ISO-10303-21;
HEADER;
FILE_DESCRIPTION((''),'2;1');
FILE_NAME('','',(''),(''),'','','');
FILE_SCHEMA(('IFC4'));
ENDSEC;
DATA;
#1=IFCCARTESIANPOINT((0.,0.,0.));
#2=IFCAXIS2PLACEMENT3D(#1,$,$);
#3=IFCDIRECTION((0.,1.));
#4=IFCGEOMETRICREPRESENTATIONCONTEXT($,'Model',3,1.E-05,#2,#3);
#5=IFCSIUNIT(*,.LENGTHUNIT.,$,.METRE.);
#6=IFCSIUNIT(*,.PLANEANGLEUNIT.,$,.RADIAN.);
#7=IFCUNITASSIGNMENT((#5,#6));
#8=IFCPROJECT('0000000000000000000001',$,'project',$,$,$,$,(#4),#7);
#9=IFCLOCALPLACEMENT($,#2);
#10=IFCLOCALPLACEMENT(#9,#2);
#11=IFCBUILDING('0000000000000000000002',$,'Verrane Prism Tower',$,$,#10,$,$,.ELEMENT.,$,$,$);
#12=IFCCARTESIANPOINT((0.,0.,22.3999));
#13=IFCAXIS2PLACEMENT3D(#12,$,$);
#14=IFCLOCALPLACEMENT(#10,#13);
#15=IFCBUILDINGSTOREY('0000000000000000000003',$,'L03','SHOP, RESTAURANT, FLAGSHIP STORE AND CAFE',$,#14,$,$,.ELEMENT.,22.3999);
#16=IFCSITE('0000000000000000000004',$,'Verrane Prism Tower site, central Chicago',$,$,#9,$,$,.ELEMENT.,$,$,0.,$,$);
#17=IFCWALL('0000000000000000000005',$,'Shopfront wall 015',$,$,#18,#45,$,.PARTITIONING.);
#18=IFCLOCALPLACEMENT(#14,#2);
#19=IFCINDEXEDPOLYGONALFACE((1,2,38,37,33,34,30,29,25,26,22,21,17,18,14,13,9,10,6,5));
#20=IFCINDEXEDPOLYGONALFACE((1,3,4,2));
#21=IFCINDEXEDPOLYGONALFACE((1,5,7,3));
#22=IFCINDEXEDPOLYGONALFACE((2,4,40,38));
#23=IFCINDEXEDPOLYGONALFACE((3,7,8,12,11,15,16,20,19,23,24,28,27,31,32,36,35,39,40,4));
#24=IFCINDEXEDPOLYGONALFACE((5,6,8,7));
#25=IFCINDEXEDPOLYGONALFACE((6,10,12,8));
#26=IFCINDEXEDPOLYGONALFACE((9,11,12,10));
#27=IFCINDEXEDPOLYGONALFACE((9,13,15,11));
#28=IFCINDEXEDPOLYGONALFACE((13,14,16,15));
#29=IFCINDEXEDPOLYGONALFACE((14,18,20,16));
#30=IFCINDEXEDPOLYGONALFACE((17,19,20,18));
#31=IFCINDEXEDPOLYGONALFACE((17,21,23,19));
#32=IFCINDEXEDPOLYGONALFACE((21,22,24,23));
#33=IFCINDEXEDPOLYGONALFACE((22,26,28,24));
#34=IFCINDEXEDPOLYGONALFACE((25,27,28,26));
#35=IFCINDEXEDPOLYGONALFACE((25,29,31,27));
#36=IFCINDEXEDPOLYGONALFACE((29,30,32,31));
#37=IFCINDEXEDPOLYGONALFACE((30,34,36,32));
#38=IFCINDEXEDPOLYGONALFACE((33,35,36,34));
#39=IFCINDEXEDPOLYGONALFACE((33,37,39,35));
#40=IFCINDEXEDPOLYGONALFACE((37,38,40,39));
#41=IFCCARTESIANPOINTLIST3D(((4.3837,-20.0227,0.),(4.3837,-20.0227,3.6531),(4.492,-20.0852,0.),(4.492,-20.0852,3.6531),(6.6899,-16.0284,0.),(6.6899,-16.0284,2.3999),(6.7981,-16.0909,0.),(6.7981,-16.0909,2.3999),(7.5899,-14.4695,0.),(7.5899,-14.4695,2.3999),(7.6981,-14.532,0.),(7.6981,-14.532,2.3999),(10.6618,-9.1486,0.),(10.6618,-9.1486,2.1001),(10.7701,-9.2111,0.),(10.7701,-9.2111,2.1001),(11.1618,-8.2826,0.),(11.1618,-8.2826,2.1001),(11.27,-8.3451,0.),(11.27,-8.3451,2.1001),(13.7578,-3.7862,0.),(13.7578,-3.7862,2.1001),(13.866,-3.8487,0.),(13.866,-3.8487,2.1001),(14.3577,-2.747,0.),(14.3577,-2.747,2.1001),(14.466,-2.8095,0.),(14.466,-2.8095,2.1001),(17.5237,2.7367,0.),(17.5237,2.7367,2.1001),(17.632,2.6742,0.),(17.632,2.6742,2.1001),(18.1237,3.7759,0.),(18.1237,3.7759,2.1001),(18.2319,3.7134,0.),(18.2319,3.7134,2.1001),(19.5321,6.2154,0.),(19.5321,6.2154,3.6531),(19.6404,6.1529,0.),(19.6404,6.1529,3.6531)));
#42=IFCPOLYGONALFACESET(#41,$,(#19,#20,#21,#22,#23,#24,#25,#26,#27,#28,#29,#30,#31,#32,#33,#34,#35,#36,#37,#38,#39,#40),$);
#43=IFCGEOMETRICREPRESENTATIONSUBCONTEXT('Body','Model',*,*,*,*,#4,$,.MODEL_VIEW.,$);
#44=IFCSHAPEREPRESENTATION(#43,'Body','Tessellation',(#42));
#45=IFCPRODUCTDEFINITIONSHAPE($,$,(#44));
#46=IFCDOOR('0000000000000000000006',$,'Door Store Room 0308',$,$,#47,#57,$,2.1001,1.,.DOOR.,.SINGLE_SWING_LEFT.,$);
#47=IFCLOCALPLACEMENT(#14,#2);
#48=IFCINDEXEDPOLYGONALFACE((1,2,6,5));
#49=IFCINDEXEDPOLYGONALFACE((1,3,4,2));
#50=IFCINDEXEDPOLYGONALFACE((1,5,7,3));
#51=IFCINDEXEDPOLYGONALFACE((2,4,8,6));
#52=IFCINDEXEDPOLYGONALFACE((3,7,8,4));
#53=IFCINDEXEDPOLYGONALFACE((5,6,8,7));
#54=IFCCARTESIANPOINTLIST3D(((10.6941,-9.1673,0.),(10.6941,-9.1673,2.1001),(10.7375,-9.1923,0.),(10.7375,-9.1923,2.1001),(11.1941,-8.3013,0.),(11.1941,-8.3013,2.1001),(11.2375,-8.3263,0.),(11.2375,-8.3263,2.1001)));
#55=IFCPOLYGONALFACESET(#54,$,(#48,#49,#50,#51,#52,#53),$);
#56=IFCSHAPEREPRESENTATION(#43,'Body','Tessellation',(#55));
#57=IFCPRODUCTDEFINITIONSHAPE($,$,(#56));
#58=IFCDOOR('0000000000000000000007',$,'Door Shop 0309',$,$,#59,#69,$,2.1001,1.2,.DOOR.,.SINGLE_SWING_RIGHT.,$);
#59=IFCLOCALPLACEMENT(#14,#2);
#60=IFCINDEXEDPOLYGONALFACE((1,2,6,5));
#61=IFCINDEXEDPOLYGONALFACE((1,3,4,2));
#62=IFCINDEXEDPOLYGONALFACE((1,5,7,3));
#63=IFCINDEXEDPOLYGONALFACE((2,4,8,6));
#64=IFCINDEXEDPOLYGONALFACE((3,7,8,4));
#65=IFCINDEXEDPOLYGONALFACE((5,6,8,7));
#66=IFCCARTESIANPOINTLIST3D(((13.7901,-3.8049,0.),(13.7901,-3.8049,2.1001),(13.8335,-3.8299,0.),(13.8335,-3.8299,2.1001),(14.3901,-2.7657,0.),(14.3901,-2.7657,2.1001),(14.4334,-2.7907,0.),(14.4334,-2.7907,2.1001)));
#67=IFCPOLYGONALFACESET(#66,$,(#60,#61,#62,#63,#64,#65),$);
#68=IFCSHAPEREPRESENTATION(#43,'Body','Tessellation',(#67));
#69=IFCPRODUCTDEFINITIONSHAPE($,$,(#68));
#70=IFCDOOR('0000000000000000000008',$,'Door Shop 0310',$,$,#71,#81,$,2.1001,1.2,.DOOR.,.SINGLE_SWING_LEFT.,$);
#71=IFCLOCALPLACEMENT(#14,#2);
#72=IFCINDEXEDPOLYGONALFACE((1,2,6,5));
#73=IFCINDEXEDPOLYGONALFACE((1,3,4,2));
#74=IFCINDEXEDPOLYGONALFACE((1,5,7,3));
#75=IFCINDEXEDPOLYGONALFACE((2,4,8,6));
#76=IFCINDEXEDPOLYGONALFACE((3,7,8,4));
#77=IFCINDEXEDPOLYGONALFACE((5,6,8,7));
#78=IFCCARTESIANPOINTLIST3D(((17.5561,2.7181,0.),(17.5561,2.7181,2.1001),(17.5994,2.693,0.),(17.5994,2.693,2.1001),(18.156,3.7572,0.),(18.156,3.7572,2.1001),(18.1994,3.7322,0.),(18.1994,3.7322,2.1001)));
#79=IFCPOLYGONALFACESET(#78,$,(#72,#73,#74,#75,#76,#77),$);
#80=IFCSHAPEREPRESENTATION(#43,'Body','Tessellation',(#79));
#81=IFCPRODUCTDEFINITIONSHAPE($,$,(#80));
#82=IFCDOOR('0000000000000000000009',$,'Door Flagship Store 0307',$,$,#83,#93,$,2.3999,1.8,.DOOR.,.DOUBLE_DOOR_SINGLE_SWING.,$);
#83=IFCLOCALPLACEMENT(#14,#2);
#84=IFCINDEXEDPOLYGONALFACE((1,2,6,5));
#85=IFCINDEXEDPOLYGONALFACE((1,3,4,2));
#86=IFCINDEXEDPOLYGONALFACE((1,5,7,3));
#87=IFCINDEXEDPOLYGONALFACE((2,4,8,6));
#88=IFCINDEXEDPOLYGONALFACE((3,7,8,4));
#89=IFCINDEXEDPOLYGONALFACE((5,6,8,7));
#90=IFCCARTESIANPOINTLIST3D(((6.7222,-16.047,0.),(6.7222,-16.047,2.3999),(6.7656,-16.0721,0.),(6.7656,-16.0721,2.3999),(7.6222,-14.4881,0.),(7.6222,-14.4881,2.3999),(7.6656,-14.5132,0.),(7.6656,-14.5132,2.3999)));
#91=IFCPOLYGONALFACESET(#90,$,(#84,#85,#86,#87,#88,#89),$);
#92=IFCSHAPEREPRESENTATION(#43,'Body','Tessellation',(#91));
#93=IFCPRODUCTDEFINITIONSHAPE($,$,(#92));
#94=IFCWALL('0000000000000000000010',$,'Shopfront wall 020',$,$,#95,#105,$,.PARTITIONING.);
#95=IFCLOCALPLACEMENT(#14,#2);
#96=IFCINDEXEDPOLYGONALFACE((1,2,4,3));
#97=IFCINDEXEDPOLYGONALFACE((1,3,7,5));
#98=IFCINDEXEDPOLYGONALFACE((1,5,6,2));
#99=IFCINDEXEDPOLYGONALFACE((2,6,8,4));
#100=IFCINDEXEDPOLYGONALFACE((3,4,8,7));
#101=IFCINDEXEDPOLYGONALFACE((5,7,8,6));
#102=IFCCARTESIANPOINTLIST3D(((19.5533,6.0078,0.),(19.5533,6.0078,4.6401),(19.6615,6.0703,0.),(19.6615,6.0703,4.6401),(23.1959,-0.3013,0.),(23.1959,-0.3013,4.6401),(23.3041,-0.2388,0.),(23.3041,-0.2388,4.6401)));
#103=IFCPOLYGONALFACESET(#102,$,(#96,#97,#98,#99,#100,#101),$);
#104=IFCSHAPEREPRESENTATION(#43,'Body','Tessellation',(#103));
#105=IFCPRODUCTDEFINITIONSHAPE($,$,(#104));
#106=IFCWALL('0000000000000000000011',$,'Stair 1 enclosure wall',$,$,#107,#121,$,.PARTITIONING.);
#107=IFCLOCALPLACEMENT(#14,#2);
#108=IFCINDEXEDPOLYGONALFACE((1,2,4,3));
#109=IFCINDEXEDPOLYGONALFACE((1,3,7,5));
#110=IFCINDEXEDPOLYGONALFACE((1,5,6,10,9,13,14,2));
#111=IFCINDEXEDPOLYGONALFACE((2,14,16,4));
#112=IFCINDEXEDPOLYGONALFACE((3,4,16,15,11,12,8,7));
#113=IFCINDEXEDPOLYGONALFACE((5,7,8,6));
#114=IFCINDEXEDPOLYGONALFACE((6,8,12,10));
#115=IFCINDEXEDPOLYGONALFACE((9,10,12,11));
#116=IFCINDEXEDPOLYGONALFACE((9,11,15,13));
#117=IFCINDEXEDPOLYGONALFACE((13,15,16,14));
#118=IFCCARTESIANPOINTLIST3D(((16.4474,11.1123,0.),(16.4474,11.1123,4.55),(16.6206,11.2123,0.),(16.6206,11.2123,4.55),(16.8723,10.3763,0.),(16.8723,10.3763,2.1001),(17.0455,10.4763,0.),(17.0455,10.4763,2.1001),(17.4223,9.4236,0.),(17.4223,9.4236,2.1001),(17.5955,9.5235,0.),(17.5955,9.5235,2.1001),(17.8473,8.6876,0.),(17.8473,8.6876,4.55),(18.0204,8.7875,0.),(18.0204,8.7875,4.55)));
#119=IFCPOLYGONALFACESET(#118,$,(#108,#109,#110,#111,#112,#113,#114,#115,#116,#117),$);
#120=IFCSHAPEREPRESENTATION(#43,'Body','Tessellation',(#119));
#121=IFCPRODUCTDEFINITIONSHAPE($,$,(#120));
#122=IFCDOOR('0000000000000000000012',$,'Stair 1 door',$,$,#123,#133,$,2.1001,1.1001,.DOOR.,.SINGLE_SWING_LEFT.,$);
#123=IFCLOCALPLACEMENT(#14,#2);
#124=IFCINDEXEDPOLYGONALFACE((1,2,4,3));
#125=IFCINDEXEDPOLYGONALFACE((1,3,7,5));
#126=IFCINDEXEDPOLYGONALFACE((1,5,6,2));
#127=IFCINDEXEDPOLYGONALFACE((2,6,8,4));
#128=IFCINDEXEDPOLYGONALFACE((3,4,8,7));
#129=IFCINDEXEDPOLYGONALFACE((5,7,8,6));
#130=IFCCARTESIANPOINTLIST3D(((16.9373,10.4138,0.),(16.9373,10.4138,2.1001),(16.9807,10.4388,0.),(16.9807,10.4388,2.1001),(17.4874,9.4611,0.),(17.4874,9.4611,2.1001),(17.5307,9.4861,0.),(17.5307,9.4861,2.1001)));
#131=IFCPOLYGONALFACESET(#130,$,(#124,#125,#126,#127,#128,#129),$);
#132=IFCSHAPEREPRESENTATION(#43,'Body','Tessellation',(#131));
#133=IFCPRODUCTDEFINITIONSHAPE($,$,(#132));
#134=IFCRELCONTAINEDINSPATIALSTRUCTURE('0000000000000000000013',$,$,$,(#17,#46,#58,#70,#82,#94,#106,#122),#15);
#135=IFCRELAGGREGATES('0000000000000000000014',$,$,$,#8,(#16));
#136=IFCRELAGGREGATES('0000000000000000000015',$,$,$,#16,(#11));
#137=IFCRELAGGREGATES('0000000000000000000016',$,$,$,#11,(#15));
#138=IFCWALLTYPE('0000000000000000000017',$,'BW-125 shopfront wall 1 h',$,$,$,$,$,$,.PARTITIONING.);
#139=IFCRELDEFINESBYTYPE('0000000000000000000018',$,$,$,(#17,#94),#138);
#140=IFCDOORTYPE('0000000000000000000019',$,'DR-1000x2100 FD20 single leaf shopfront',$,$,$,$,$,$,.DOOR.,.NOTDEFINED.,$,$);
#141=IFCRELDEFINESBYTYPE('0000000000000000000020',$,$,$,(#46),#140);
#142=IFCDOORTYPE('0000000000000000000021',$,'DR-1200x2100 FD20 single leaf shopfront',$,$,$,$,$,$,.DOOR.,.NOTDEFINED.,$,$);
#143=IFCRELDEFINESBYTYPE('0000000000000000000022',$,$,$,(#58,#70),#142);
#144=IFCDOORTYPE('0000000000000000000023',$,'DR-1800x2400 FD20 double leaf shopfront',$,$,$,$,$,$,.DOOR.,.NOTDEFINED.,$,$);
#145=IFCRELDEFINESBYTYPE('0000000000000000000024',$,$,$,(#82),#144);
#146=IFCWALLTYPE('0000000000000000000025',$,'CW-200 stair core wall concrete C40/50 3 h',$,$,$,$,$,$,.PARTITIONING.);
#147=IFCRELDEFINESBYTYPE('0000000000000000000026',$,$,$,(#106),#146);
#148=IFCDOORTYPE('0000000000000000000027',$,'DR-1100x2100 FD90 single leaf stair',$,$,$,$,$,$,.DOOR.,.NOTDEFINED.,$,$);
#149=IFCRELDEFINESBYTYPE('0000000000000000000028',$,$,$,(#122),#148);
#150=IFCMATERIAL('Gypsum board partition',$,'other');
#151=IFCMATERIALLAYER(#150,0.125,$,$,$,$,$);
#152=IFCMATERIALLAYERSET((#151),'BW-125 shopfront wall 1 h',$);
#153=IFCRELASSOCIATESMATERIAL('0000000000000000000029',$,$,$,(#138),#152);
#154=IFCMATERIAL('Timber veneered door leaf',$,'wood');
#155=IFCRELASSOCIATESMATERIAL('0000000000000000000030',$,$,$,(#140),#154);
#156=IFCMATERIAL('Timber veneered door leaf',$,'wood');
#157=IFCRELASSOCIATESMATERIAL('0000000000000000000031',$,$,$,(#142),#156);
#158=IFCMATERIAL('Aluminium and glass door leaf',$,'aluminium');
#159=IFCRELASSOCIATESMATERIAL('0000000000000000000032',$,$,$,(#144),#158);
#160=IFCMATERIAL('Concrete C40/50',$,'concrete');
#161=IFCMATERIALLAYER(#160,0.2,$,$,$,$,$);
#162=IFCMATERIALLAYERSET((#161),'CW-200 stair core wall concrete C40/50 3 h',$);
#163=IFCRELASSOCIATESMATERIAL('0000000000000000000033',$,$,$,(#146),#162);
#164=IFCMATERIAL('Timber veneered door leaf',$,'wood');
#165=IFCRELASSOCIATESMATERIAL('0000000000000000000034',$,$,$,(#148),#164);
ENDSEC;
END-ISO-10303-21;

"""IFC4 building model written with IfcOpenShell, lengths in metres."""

from ifc_helpers import new_model, si_unit, direction, frame, frame_2d, origin, place, context, subcontext, project, spatial, rectangle, extrude, material, layer, layer_set, type_object, element, fill, save


model = new_model("IFC4")

# Units and contexts
model_context = context("Model", 3, precision=1e-05, world=origin(), true_north=direction((0.0, 1.0)))
body_context = subcontext(model_context, "Body", "Model", "MODEL_VIEW")
ifc_project = project(units=[si_unit("LENGTHUNIT", "METRE"), si_unit("PLANEANGLEUNIT", "RADIAN")], contexts=[model_context])

# Site, building, storey
site_placement = place(None, origin())
site = spatial("IfcSite", under=ifc_project, at=site_placement, Name="Verrane Prism Tower site, central Chicago", CompositionType="ELEMENT", RefElevation=0.0)
building_placement = place(site_placement, origin())
building = spatial("IfcBuilding", under=site, at=building_placement, Name="Verrane Prism Tower", CompositionType="ELEMENT")
storey_placement = place(building_placement, frame((0.0, 0.0, 22.3999)))
storey = spatial("IfcBuildingStorey", under=building, at=storey_placement, Name="L03", Description="SHOP, RESTAURANT, FLAGSHIP STORE AND CAFE", CompositionType="ELEMENT", Elevation=22.3999)

# Wall, openings, doors
ifc_material_1 = material(Name="Gypsum board partition", Category="other")
ifc_layer_1 = layer(ifc_material_1, 0.125)
ifc_layer_set_1 = layer_set([ifc_layer_1], Name="BW-125 shopfront wall 1 h")
wall_type_1 = type_object("IfcWallType", Name="BW-125 shopfront wall 1 h", PredefinedType="PARTITIONING", material=ifc_layer_set_1)
wall_1_placement = place(storey_placement, frame((19.5862, 6.1841, 0.0), z_axis=(0.0, 0.0, 1.0), x_axis=(-0.499994, -0.866029, 0.0)))
wall_1 = element("IfcWall", 1, at=wall_1_placement, inside=storey, type_object=wall_type_1, Name="Shopfront wall 015", PredefinedType="PARTITIONING", context=body_context, shape_type="SweptSolid", body=[
    extrude(rectangle(XDim=30.2971, YDim=0.125, at=frame_2d((15.1484, 0.0))), origin(), (0.0, 0.0, 1.0), 3.6531),
])
opening_1_placement = place(wall_1_placement, frame((23.8848, 0.0, 0.0)))
opening_1 = element("IfcOpeningElement", 2, at=opening_1_placement, cuts=wall_1, PredefinedType="OPENING", context=body_context, shape_type="SweptSolid", body=[
    extrude(rectangle(XDim=1.8, YDim=2.3999, at=frame_2d((0.8999, 1.2))), frame((0.0, 0.0725, 0.0), z_axis=(0.0, -1.0, 0.0), x_axis=(1.0, 0.0, 0.0)), (0.0, 0.0, 1.0), 0.145),
])
opening_2_placement = place(wall_1_placement, frame((16.7407, 0.0, 0.0)))
opening_2 = element("IfcOpeningElement", 3, at=opening_2_placement, cuts=wall_1, PredefinedType="OPENING", context=body_context, shape_type="SweptSolid", body=[
    extrude(rectangle(XDim=1.0, YDim=2.1001, at=frame_2d((0.5, 1.05))), frame((0.0, 0.0725, 0.0), z_axis=(0.0, -1.0, 0.0), x_axis=(1.0, 0.0, 0.0)), (0.0, 0.0, 1.0), 0.145),
])
opening_3_placement = place(wall_1_placement, frame((10.3486, 0.0, 0.0)))
opening_3 = element("IfcOpeningElement", 4, at=opening_3_placement, cuts=wall_1, PredefinedType="OPENING", context=body_context, shape_type="SweptSolid", body=[
    extrude(rectangle(XDim=1.2, YDim=2.1001, at=frame_2d((0.6001, 1.05))), frame((0.0, 0.0725, 0.0), z_axis=(0.0, -1.0, 0.0), x_axis=(1.0, 0.0, 0.0)), (0.0, 0.0, 1.0), 0.145),
])
opening_4_placement = place(wall_1_placement, frame((2.8167, 0.0, 0.0)))
opening_4 = element("IfcOpeningElement", 5, at=opening_4_placement, cuts=wall_1, PredefinedType="OPENING", context=body_context, shape_type="SweptSolid", body=[
    extrude(rectangle(XDim=1.2, YDim=2.1001, at=frame_2d((0.6001, 1.05))), frame((0.0, 0.0725, 0.0), z_axis=(0.0, -1.0, 0.0), x_axis=(1.0, 0.0, 0.0)), (0.0, 0.0, 1.0), 0.145),
])
ifc_material_2 = material(Name="Timber veneered door leaf", Category="wood")
door_type_1 = type_object("IfcDoorType", Name="DR-1000x2100 FD20 single leaf shopfront", OperationType="NOTDEFINED", PredefinedType="DOOR", material=ifc_material_2)
door_1_placement = place(opening_2_placement, origin())
door_1 = element("IfcDoor", 6, at=door_1_placement, inside=storey, type_object=door_type_1, Name="Door Store Room 0308", OperationType="SINGLE_SWING_LEFT", OverallHeight=2.1001, OverallWidth=1.0, PredefinedType="DOOR", context=body_context, shape_type="SweptSolid", body=[
    extrude(rectangle(XDim=1.0, YDim=2.1001, at=frame_2d((0.5, 1.05))), frame((0.0, 0.0249, 0.0), z_axis=(0.0, -1.0, 0.0), x_axis=(1.0, 0.0, 0.0)), (0.0, 0.0, 1.0), 0.05),
])
fill(opening_2, door_1)
ifc_material_3 = material(Name="Timber veneered door leaf", Category="wood")
door_type_2 = type_object("IfcDoorType", Name="DR-1200x2100 FD20 single leaf shopfront", OperationType="NOTDEFINED", PredefinedType="DOOR", material=ifc_material_3)
door_2_placement = place(opening_3_placement, origin())
door_2 = element("IfcDoor", 7, at=door_2_placement, inside=storey, type_object=door_type_2, Name="Door Shop 0309", OperationType="SINGLE_SWING_RIGHT", OverallHeight=2.1001, OverallWidth=1.2, PredefinedType="DOOR", context=body_context, shape_type="SweptSolid", body=[
    extrude(rectangle(XDim=1.2, YDim=2.1001, at=frame_2d((0.6001, 1.05))), frame((0.0, 0.0249, 0.0), z_axis=(0.0, -1.0, 0.0), x_axis=(1.0, 0.0, 0.0)), (0.0, 0.0, 1.0), 0.05),
])
fill(opening_3, door_2)
door_3_placement = place(opening_4_placement, origin())
door_3 = element("IfcDoor", 8, at=door_3_placement, inside=storey, type_object=door_type_2, Name="Door Shop 0310", OperationType="SINGLE_SWING_LEFT", OverallHeight=2.1001, OverallWidth=1.2, PredefinedType="DOOR", context=body_context, shape_type="SweptSolid", body=[
    extrude(rectangle(XDim=1.2, YDim=2.1001, at=frame_2d((0.6001, 1.05))), frame((0.0, 0.0249, 0.0), z_axis=(0.0, -1.0, 0.0), x_axis=(1.0, 0.0, 0.0)), (0.0, 0.0, 1.0), 0.05),
])
fill(opening_4, door_3)
ifc_material_4 = material(Name="Aluminium and glass door leaf", Category="aluminium")
door_type_3 = type_object("IfcDoorType", Name="DR-1800x2400 FD20 double leaf shopfront", OperationType="NOTDEFINED", PredefinedType="DOOR", material=ifc_material_4)
door_4_placement = place(opening_1_placement, origin())
door_4 = element("IfcDoor", 9, at=door_4_placement, inside=storey, type_object=door_type_3, Name="Door Flagship Store 0307", OperationType="DOUBLE_DOOR_SINGLE_SWING", OverallHeight=2.3999, OverallWidth=1.8, PredefinedType="DOOR", context=body_context, shape_type="SweptSolid", body=[
    extrude(rectangle(XDim=1.8, YDim=2.3999, at=frame_2d((0.8999, 1.2))), frame((0.0, 0.0249, 0.0), z_axis=(0.0, -1.0, 0.0), x_axis=(1.0, 0.0, 0.0)), (0.0, 0.0, 1.0), 0.05),
])
fill(opening_1, door_4)

# Wall
wall_2_placement = place(storey_placement, frame((19.6074, 6.0391, 0.0), z_axis=(0.0, 0.0, 1.0), x_axis=(0.500003, -0.866024, 0.0)))
element("IfcWall", 10, at=wall_2_placement, inside=storey, type_object=wall_type_1, Name="Shopfront wall 020", PredefinedType="PARTITIONING", context=body_context, shape_type="SweptSolid", body=[
    extrude(rectangle(XDim=7.2852, YDim=0.125, at=frame_2d((3.6426, 0.0))), origin(), (0.0, 0.0, 1.0), 4.6401),
])

# Wall, opening, door
ifc_material_5 = material(Name="Concrete C40/50", Category="concrete")
ifc_layer_2 = layer(ifc_material_5, 0.2)
ifc_layer_set_2 = layer_set([ifc_layer_2], Name="CW-200 stair core wall concrete C40/50 3 h")
wall_type_2 = type_object("IfcWallType", Name="CW-200 stair core wall concrete C40/50 3 h", PredefinedType="PARTITIONING", material=ifc_layer_set_2)
wall_3_placement = place(storey_placement, frame((17.9338, 8.7375, 0.0), z_axis=(0.0, 0.0, 1.0), x_axis=(-0.499984, 0.866035, 0.0)))
wall_3 = element("IfcWall", 11, at=wall_3_placement, inside=storey, type_object=wall_type_2, Name="Stair 1 enclosure wall", PredefinedType="PARTITIONING", context=body_context, shape_type="SweptSolid", body=[
    extrude(rectangle(XDim=2.7998, YDim=0.2, at=frame_2d((1.3999, 0.0))), origin(), (0.0, 0.0, 1.0), 4.55),
])
opening_5_placement = place(wall_3_placement, frame((0.8499, 0.0, 0.0)))
opening_5 = element("IfcOpeningElement", 12, at=opening_5_placement, cuts=wall_3, PredefinedType="OPENING", context=body_context, shape_type="SweptSolid", body=[
    extrude(rectangle(XDim=1.1001, YDim=2.1001, at=frame_2d((0.55, 1.05))), frame((0.0, 0.1099, 0.0), z_axis=(0.0, -1.0, 0.0), x_axis=(1.0, 0.0, 0.0)), (0.0, 0.0, 1.0), 0.22),
])
ifc_material_6 = material(Name="Timber veneered door leaf", Category="wood")
door_type_4 = type_object("IfcDoorType", Name="DR-1100x2100 FD90 single leaf stair", OperationType="NOTDEFINED", PredefinedType="DOOR", material=ifc_material_6)
door_5_placement = place(opening_5_placement, origin())
door_5 = element("IfcDoor", 13, at=door_5_placement, inside=storey, type_object=door_type_4, Name="Stair 1 door", OperationType="SINGLE_SWING_LEFT", OverallHeight=2.1001, OverallWidth=1.1001, PredefinedType="DOOR", context=body_context, shape_type="SweptSolid", body=[
    extrude(rectangle(XDim=1.1001, YDim=2.1001, at=frame_2d((0.55, 1.05))), frame((0.0, 0.0249, 0.0), z_axis=(0.0, -1.0, 0.0), x_axis=(1.0, 0.0, 0.0)), (0.0, 0.0, 1.0), 0.05),
])
fill(opening_5, door_5)

save(model, "model.ifc")
